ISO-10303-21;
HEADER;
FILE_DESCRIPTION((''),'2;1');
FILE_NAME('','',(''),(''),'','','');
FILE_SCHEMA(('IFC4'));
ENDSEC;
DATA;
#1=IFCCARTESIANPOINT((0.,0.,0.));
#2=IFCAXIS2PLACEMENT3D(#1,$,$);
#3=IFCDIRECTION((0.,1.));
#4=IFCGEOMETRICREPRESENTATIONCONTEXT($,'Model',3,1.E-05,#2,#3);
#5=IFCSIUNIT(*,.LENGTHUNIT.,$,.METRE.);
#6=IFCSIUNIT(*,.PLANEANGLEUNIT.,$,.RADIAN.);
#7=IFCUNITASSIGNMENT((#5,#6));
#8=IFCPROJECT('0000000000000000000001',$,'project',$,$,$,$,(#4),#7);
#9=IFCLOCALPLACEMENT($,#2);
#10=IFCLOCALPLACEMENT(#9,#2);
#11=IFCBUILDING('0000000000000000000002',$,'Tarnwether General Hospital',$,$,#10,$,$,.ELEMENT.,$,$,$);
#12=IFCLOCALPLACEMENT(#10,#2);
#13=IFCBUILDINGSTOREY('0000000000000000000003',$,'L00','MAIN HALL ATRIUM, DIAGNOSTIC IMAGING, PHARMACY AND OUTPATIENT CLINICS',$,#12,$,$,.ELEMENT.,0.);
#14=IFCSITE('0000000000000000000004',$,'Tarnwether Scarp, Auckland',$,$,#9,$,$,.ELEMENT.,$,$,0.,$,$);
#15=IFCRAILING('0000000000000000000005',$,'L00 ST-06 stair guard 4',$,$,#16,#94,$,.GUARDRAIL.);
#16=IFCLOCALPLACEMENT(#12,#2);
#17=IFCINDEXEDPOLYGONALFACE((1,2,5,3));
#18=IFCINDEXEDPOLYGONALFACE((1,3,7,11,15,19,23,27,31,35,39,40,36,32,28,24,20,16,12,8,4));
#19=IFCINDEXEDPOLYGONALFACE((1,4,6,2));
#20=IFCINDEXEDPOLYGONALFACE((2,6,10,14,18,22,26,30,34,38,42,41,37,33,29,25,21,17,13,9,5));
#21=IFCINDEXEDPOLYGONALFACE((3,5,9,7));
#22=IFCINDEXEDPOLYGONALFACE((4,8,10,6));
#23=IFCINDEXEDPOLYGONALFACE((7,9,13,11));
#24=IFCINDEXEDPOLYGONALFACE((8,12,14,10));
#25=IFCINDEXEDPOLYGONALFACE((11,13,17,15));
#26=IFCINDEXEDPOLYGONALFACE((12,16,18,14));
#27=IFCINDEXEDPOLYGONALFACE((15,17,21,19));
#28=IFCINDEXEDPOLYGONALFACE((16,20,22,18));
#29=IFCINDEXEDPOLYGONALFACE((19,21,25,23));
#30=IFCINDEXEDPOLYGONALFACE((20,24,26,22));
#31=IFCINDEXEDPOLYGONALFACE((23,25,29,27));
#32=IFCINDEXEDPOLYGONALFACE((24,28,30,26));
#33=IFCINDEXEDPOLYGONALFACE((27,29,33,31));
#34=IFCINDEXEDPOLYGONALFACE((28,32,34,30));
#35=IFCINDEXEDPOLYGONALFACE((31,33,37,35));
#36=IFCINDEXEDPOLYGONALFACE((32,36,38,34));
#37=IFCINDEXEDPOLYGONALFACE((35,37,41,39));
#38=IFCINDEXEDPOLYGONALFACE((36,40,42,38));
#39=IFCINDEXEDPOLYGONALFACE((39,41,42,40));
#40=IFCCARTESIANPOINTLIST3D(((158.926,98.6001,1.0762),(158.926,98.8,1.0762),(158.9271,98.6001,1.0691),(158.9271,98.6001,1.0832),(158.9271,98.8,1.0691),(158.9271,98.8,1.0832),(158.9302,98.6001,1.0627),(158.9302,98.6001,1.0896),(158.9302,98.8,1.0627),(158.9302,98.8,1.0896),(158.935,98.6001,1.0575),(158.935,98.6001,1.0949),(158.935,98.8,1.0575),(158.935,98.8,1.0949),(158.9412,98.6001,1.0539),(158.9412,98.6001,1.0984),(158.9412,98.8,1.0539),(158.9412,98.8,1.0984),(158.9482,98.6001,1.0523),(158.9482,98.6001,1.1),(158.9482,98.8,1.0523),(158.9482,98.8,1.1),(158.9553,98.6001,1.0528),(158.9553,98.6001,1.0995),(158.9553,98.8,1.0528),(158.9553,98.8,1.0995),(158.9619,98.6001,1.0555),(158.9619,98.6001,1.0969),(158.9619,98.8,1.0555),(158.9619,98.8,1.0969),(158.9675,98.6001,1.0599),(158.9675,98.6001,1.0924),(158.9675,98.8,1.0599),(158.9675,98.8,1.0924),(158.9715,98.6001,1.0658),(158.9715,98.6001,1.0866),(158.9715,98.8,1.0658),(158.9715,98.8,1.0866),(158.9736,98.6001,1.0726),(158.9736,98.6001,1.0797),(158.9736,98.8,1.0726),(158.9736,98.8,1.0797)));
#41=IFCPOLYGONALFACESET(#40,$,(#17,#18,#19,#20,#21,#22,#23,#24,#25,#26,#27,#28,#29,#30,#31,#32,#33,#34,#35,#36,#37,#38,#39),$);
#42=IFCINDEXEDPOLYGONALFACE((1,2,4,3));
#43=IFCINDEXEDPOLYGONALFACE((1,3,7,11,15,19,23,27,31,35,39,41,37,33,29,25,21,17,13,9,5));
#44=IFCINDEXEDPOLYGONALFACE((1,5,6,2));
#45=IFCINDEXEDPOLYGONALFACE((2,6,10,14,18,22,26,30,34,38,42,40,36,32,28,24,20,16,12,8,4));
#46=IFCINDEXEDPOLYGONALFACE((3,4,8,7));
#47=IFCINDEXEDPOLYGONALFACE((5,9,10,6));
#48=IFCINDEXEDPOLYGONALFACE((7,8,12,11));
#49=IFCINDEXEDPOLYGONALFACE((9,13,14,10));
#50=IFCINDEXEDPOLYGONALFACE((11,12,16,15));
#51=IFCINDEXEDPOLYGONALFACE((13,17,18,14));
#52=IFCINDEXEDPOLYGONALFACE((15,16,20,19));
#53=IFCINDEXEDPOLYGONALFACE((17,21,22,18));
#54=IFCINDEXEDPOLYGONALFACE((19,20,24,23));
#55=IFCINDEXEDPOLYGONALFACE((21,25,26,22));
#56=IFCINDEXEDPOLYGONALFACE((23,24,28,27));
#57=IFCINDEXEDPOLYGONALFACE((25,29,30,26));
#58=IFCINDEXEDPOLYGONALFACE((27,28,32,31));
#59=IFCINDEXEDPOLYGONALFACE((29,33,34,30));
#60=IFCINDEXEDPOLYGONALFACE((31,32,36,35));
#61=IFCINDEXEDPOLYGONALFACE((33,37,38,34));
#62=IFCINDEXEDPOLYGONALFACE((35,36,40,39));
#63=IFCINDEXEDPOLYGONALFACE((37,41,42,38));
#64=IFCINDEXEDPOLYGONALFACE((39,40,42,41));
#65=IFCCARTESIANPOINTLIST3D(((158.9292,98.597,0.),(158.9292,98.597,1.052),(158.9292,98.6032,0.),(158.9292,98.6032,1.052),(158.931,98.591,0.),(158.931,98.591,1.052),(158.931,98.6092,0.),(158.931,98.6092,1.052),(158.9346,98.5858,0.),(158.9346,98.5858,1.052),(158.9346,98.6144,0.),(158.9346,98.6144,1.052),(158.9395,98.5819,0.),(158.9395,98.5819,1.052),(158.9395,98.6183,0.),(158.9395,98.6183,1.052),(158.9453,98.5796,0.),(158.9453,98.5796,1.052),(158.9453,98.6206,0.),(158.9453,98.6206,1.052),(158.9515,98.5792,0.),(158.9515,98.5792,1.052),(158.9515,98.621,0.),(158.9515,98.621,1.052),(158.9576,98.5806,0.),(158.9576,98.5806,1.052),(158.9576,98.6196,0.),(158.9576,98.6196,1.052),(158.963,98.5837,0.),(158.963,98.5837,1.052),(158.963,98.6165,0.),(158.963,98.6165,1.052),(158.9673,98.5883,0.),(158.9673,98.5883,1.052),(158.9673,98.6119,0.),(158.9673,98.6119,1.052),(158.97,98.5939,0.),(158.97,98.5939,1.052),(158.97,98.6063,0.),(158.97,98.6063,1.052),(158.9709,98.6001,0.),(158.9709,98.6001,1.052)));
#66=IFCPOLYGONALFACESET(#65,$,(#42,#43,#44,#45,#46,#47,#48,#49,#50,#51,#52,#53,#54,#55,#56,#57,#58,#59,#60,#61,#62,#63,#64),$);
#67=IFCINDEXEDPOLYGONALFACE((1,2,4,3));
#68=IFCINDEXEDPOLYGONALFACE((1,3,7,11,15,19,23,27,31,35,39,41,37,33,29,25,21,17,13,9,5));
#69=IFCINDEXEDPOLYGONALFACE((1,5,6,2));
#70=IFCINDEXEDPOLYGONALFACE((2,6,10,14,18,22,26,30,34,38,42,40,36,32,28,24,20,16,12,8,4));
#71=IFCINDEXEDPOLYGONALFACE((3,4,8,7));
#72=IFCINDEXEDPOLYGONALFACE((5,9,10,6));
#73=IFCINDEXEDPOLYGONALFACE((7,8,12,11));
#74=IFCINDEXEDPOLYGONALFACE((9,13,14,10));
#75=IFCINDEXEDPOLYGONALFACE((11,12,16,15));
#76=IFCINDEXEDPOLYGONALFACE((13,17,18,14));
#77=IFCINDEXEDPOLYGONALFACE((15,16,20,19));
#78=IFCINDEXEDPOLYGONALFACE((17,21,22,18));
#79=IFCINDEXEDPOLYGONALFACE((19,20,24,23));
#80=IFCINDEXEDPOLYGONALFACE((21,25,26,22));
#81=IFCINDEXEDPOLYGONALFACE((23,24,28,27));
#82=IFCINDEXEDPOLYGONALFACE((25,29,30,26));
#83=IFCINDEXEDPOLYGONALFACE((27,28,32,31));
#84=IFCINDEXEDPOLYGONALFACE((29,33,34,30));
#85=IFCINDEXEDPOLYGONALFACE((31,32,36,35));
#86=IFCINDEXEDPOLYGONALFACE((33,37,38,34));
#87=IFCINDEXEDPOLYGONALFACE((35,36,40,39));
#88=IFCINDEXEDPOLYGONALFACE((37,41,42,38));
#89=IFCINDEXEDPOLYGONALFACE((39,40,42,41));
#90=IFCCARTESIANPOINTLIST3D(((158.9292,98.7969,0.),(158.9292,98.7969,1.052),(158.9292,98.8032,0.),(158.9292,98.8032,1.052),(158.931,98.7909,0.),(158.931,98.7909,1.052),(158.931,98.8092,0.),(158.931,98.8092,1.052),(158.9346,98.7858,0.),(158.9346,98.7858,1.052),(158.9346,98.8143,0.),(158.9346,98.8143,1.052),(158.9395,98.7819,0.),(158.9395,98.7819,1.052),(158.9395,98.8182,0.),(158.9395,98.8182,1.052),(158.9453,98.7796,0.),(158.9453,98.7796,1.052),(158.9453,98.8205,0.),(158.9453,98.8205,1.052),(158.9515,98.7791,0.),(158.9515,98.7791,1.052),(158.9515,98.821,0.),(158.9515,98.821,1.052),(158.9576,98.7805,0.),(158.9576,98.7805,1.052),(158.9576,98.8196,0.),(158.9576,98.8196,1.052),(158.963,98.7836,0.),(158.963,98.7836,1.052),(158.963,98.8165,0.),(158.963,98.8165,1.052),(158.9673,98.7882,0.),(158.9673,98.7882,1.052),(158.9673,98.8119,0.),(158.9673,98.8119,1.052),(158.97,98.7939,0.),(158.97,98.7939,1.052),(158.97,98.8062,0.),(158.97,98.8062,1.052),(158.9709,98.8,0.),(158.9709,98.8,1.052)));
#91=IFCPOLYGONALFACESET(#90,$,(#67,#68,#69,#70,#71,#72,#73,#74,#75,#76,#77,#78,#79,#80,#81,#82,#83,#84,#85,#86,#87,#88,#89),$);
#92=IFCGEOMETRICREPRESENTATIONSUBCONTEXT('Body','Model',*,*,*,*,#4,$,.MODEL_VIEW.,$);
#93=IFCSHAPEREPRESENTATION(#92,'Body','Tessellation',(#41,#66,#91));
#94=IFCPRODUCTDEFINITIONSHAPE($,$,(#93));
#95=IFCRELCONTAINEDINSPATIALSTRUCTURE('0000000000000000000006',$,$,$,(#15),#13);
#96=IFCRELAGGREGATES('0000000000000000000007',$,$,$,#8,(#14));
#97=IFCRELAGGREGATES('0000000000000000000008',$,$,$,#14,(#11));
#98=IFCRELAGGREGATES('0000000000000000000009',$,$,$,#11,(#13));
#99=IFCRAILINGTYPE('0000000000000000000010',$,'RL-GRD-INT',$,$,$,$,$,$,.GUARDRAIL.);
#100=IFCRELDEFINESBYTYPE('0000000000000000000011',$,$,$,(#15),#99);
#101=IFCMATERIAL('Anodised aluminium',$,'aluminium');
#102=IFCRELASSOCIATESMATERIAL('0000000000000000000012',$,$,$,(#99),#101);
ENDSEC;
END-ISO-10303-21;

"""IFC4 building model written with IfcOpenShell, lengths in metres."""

from ifc_helpers import new_model, si_unit, direction, frame, origin, origin_2d, place, context, subcontext, project, spatial, circle, extrude, material, type_object, element, save


model = new_model("IFC4")

# Units and contexts
model_context = context("Model", 3, precision=1e-05, world=origin(), true_north=direction((0.0, 1.0)))
body_context = subcontext(model_context, "Body", "Model", "MODEL_VIEW")
ifc_project = project(units=[si_unit("LENGTHUNIT", "METRE"), si_unit("PLANEANGLEUNIT", "RADIAN")], contexts=[model_context])

# Site, building, storey
site_placement = place(None, origin())
site = spatial("IfcSite", under=ifc_project, at=site_placement, Name="Tarnwether Scarp, Auckland", CompositionType="ELEMENT", RefElevation=0.0)
building_placement = place(site_placement, origin())
building = spatial("IfcBuilding", under=site, at=building_placement, Name="Tarnwether General Hospital", CompositionType="ELEMENT")
storey_placement = place(building_placement, origin())
storey = spatial("IfcBuildingStorey", under=building, at=storey_placement, Name="L00", Description="MAIN HALL ATRIUM, DIAGNOSTIC IMAGING, PHARMACY AND OUTPATIENT CLINICS", CompositionType="ELEMENT", Elevation=0.0)

# Railing
ifc_material_1 = material(Name="Anodised aluminium", Category="aluminium")
railing_type_1 = type_object("IfcRailingType", Name="RL-GRD-INT", PredefinedType="GUARDRAIL", material=ifc_material_1)
railing_1_placement = place(storey_placement, frame((158.95, 98.6001, 0.0)))
element("IfcRailing", 1, at=railing_1_placement, inside=storey, type_object=railing_type_1, Name="L00 ST-06 stair guard 4", PredefinedType="GUARDRAIL", context=body_context, shape_type="SweptSolid", body=[
    extrude(circle(Radius=0.0239, at=origin_2d()), frame((0.0, 0.0, 1.0762), z_axis=(0.0, 1.0, 0.0), x_axis=(-1.0, 0.0, 0.0)), (0.0, 0.0, 1.0), 0.2),
    extrude(circle(Radius=0.021, at=origin_2d()), origin(), (0.0, 0.0, 1.0), 1.052),
    extrude(circle(Radius=0.021, at=origin_2d()), frame((0.0, 0.2, 0.0)), (0.0, 0.0, 1.0), 1.052),
])

save(model, "model.ifc")
